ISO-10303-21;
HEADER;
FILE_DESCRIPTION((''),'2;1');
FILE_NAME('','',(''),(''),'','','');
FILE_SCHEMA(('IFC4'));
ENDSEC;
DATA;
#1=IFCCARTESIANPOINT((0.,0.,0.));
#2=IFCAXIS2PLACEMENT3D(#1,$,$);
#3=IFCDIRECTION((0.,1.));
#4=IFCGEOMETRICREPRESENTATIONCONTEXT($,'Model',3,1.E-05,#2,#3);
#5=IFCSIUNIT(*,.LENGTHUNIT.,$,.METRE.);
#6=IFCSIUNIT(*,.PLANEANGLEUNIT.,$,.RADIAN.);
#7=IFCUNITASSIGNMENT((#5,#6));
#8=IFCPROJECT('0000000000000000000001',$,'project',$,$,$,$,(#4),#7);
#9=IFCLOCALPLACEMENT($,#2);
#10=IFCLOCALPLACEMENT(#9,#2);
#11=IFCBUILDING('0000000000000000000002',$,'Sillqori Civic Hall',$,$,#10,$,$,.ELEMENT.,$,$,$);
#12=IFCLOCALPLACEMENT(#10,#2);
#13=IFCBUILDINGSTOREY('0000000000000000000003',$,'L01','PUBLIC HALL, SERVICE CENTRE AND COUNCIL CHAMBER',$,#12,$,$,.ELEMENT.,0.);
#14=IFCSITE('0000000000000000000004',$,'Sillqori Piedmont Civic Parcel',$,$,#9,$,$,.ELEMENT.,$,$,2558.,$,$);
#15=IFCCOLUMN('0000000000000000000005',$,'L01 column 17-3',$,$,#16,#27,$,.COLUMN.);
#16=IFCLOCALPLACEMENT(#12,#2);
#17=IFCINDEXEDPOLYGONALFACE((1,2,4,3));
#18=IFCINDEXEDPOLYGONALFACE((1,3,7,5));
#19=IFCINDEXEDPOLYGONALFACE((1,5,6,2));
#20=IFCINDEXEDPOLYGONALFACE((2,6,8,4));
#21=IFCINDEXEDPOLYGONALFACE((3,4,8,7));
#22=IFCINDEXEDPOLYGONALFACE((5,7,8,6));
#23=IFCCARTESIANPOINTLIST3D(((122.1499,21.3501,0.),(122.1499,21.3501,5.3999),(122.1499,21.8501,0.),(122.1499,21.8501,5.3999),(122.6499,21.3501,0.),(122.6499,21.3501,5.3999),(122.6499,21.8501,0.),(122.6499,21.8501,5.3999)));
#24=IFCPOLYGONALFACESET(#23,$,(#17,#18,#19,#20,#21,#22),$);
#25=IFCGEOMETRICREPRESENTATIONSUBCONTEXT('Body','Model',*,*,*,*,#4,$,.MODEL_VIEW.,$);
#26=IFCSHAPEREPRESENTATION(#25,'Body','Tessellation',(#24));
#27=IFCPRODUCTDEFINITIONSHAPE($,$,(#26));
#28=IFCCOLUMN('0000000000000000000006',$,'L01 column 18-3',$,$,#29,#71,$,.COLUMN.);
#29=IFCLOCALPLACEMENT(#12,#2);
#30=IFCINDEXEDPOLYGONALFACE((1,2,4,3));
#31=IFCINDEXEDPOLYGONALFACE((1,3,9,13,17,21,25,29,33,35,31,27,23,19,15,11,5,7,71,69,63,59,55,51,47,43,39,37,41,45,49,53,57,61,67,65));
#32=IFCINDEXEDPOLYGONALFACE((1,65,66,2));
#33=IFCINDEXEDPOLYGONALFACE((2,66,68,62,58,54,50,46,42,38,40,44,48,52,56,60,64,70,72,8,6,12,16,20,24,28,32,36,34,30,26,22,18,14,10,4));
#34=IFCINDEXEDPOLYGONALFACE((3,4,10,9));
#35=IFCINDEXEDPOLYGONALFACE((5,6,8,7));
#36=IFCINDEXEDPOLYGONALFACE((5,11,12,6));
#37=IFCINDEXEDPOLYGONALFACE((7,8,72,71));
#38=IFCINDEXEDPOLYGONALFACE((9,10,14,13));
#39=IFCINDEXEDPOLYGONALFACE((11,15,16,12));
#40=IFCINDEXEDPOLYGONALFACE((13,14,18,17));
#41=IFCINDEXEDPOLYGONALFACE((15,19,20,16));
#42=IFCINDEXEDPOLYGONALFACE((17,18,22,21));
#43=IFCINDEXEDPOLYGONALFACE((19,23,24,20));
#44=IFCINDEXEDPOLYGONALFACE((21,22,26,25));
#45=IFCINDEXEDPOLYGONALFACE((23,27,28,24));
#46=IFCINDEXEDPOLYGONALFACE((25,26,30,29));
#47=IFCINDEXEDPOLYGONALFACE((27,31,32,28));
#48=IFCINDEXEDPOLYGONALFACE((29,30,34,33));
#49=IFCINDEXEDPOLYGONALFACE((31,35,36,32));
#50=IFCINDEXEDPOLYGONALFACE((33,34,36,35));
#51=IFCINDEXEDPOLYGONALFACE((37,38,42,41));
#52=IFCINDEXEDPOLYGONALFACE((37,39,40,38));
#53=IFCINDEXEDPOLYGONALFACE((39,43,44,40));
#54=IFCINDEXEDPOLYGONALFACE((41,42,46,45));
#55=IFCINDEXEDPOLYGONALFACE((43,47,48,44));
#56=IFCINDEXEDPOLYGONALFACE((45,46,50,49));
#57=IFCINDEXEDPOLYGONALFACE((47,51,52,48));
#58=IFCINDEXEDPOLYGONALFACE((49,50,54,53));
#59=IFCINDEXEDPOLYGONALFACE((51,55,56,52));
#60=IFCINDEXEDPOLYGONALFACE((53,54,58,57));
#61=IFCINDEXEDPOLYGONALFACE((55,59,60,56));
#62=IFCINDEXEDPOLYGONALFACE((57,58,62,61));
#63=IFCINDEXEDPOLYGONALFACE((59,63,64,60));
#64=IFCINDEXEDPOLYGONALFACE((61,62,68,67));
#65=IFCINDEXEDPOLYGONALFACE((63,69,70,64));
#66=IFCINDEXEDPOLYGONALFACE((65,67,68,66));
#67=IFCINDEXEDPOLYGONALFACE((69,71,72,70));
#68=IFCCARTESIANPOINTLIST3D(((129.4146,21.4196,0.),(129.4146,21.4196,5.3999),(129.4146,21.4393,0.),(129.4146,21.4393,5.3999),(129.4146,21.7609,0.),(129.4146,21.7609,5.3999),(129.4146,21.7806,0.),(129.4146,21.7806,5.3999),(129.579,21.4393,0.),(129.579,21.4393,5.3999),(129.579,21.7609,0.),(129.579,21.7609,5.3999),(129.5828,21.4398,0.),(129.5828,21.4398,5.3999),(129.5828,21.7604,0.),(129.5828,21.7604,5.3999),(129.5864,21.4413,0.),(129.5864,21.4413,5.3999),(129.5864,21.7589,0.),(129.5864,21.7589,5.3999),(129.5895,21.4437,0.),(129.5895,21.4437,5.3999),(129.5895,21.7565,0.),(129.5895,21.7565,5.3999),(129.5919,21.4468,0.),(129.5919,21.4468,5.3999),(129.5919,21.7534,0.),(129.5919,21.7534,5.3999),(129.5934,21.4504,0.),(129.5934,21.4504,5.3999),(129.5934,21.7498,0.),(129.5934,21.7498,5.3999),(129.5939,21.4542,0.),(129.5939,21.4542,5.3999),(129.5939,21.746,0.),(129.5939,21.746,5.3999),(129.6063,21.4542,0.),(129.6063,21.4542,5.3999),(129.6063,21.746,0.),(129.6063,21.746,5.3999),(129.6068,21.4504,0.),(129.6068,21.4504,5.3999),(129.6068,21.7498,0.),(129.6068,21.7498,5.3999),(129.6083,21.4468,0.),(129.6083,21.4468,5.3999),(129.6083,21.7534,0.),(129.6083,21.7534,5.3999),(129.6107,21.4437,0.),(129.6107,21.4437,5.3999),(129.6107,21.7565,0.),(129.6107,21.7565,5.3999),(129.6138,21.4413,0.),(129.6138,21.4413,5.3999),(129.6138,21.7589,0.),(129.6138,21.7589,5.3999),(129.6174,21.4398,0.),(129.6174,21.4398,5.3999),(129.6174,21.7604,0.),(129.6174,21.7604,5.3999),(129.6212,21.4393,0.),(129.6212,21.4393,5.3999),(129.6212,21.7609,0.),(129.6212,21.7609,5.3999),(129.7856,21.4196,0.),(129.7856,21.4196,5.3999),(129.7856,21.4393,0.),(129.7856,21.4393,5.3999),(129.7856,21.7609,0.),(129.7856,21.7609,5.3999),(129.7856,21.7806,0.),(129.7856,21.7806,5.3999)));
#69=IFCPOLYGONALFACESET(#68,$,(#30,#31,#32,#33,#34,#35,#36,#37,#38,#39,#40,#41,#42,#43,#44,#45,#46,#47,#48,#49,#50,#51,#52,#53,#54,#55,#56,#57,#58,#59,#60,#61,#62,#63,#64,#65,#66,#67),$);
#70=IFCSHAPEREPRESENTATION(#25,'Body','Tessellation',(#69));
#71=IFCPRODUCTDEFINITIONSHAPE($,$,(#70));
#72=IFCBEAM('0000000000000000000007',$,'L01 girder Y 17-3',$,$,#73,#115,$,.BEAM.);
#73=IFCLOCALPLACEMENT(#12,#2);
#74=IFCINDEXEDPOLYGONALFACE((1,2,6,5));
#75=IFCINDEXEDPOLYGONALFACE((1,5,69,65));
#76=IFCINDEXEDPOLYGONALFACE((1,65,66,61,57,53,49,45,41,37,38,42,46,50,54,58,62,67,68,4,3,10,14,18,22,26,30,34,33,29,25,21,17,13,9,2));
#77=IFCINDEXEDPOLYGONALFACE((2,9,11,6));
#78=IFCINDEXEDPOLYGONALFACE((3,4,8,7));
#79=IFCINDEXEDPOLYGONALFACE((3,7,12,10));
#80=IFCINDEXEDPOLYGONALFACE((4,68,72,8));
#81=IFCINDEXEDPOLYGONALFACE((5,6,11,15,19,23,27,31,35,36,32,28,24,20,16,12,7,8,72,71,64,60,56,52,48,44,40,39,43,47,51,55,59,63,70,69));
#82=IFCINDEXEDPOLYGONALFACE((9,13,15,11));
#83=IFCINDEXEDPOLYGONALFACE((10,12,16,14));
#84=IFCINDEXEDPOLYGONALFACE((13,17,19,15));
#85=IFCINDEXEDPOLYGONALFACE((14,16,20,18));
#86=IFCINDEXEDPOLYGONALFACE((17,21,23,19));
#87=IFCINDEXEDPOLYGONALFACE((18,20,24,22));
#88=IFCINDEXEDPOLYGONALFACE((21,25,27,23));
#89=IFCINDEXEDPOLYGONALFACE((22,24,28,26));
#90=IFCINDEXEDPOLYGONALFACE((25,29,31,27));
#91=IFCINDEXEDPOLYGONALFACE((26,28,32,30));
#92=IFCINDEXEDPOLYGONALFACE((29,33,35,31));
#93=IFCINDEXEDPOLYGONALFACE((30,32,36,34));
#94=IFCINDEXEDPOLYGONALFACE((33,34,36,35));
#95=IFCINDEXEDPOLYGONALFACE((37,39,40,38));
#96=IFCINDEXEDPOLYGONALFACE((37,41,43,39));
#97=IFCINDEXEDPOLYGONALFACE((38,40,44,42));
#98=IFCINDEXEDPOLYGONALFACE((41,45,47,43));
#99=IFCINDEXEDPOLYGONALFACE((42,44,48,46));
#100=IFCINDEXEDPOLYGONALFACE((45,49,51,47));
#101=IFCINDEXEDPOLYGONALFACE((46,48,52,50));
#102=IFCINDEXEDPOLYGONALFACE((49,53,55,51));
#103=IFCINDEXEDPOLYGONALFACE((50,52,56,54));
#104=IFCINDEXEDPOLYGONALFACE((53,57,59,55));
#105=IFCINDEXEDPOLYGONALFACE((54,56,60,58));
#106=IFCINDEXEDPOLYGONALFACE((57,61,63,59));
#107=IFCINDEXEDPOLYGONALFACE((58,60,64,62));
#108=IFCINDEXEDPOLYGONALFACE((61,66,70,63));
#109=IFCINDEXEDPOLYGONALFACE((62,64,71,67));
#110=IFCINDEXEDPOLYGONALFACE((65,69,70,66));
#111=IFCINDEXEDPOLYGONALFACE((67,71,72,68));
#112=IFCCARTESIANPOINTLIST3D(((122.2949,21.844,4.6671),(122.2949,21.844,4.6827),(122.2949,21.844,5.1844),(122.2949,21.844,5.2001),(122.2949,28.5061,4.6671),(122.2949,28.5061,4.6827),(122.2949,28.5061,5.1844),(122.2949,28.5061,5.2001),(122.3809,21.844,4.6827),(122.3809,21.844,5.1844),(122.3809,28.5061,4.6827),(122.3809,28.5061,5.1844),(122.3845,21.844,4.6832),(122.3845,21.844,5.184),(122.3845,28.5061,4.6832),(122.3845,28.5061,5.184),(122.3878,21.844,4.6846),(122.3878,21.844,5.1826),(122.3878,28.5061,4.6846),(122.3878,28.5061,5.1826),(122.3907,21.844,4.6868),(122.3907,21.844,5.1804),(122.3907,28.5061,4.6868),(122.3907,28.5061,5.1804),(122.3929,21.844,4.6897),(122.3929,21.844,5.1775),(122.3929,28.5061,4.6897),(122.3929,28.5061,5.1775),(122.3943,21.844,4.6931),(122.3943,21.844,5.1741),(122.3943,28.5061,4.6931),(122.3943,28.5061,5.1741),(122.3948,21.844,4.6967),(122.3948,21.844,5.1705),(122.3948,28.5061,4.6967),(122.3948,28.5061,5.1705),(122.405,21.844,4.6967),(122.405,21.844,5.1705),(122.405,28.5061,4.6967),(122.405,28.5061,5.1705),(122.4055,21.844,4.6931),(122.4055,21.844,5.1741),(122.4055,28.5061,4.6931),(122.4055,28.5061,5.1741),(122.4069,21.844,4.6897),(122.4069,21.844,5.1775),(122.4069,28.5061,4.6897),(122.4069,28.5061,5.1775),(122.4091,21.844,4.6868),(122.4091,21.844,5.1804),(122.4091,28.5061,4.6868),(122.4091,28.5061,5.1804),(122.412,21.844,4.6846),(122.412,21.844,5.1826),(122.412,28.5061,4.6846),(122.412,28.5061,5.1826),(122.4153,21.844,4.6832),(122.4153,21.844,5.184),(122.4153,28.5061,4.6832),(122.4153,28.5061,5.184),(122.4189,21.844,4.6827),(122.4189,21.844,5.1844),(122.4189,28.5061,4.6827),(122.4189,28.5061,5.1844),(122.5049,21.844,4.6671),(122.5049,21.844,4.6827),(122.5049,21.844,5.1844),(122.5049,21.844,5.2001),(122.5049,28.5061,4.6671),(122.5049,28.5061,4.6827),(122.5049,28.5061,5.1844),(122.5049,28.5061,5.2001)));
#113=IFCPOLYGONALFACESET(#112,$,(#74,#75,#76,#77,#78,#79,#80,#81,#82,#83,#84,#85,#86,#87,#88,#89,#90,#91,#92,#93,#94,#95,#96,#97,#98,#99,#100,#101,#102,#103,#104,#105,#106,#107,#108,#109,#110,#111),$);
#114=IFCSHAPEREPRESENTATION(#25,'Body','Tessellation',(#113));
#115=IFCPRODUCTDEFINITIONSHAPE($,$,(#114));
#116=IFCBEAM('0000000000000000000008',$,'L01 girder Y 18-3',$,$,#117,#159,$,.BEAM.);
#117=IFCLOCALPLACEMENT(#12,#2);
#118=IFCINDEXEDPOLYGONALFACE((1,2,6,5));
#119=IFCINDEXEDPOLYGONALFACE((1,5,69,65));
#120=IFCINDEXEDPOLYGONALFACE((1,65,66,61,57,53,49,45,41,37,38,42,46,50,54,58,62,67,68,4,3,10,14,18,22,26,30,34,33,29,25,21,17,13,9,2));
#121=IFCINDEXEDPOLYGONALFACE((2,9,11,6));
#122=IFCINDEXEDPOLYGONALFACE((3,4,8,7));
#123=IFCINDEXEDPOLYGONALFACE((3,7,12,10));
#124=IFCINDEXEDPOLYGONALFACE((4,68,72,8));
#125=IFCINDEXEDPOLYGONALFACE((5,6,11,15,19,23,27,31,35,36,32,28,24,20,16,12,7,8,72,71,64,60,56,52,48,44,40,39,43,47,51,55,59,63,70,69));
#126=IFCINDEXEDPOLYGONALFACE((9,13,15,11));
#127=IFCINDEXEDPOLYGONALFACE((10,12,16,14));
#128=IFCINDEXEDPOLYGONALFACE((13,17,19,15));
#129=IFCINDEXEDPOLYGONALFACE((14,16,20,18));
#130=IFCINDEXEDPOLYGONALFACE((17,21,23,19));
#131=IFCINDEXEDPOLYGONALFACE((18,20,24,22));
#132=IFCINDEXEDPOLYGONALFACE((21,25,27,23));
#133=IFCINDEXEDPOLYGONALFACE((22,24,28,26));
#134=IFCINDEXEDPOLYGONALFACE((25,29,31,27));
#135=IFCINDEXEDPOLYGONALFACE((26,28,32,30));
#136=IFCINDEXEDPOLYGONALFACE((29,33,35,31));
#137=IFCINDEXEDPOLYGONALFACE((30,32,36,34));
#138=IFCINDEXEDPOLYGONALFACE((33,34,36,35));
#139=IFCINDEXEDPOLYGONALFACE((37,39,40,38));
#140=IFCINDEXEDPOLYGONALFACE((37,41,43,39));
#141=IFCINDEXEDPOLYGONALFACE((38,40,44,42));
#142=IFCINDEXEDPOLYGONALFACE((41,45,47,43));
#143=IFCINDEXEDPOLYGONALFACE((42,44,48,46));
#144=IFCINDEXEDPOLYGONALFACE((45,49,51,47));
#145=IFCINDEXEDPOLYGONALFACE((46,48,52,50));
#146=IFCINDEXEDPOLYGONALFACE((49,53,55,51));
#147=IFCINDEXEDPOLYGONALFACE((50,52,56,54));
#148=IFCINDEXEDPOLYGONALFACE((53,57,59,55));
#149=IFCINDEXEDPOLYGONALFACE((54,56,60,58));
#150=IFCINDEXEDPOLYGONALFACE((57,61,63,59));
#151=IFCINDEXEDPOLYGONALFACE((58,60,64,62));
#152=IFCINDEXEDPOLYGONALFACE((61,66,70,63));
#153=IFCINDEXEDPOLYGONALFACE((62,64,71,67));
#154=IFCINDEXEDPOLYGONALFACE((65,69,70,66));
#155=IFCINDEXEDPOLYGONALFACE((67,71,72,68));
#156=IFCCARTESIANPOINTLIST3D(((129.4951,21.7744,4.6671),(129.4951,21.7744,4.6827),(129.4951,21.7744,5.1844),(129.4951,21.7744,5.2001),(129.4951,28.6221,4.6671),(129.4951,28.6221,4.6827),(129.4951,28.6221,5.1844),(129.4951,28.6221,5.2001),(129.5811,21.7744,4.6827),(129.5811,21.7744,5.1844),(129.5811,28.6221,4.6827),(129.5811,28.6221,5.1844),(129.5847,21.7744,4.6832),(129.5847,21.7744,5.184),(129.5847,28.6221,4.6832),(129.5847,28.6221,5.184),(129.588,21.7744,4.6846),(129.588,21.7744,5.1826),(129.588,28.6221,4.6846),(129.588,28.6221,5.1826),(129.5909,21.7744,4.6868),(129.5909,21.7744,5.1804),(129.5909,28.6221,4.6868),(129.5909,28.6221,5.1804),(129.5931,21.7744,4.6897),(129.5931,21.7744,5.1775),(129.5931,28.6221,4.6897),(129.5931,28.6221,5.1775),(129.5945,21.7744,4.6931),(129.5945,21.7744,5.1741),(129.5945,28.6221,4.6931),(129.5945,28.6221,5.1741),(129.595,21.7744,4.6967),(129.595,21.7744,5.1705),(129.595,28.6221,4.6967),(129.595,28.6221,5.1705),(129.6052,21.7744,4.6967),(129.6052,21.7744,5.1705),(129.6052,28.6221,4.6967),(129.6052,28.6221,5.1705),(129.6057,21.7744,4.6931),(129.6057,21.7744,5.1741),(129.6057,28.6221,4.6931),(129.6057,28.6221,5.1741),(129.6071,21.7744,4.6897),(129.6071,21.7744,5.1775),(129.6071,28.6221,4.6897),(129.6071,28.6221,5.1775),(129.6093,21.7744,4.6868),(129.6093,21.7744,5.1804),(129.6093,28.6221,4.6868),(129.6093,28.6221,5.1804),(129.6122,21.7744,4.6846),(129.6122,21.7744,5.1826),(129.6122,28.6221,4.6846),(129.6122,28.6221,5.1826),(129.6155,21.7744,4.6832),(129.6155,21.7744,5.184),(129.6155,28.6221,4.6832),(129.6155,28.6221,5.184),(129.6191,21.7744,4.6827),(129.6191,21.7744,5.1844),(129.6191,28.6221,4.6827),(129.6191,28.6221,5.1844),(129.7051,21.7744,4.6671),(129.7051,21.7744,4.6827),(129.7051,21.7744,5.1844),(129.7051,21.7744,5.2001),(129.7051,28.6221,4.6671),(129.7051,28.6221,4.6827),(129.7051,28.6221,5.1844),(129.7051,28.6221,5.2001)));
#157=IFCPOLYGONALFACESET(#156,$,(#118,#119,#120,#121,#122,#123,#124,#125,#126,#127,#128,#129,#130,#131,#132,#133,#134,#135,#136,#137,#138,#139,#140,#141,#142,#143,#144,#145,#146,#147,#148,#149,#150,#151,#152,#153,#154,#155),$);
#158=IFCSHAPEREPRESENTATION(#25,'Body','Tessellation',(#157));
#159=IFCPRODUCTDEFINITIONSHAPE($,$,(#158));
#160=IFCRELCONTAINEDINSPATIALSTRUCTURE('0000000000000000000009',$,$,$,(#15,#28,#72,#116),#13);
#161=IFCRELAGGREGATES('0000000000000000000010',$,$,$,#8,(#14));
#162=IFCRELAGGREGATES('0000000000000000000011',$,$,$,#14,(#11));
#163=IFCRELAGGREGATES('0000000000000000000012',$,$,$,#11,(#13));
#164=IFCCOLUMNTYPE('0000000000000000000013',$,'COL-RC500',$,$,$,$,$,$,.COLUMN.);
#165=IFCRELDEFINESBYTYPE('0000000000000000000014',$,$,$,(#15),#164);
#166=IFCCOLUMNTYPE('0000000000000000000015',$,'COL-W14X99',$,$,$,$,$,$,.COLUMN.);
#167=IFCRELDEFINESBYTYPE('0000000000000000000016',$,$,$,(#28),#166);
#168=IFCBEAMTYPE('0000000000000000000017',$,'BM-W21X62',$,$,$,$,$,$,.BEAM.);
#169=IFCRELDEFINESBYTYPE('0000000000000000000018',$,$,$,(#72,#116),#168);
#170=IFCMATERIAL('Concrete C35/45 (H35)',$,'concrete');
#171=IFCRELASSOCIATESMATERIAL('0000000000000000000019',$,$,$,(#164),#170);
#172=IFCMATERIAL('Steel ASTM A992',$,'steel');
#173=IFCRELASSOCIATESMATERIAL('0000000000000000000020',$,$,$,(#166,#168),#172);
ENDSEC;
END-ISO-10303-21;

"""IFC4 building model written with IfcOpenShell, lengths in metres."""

from ifc_helpers import new_model, si_unit, direction, frame, origin, origin_2d, place, context, subcontext, project, spatial, rectangle, i_section, extrude, material, material_profile, profile_set, type_object, element, save


model = new_model("IFC4")

# Units and contexts
model_context = context("Model", 3, precision=1e-05, world=origin(), true_north=direction((0.0, 1.0)))
body_context = subcontext(model_context, "Body", "Model", "MODEL_VIEW")
ifc_project = project(units=[si_unit("LENGTHUNIT", "METRE"), si_unit("PLANEANGLEUNIT", "RADIAN")], contexts=[model_context])

# Site, building, storey
site_placement = place(None, origin())
site = spatial("IfcSite", under=ifc_project, at=site_placement, Name="Sillqori Piedmont Civic Parcel", CompositionType="ELEMENT", RefElevation=2558.0)
building_placement = place(site_placement, origin())
building = spatial("IfcBuilding", under=site, at=building_placement, Name="Sillqori Civic Hall", CompositionType="ELEMENT")
storey_placement = place(building_placement, origin())
storey = spatial("IfcBuildingStorey", under=building, at=storey_placement, Name="L01", Description="PUBLIC HALL, SERVICE CENTRE AND COUNCIL CHAMBER", CompositionType="ELEMENT", Elevation=0.0)

# Columns
ifc_material_1 = material(Name="Concrete C35/45 (H35)", Category="concrete")
ifc_material_profile_1 = material_profile(ifc_material_1, rectangle(XDim=0.5, YDim=0.5, at=origin_2d()), Name="RC 500x500")
ifc_profile_set_1 = profile_set([ifc_material_profile_1], Name="Concrete C35/45 (H35)")
column_type_1 = type_object("IfcColumnType", Name="COL-RC500", PredefinedType="COLUMN", material=ifc_profile_set_1)
column_1_placement = place(storey_placement, frame((122.3999, 21.6001, 0.0), z_axis=(0.0, 0.0, 1.0), x_axis=(1.0, 0.0, 0.0)))
element("IfcColumn", 1, at=column_1_placement, inside=storey, type_object=column_type_1, Name="L01 column 17-3", PredefinedType="COLUMN", context=body_context, shape_type="SweptSolid", body=[
    extrude(rectangle(XDim=0.5, YDim=0.5, at=origin_2d()), origin(), (0.0, 0.0, 1.0), 5.3999),
])
ifc_material_2 = material(Name="Steel ASTM A992", Category="steel")
ifc_material_profile_2 = material_profile(ifc_material_2, i_section(OverallWidth=0.3711, OverallDepth=0.3611, WebThickness=0.0125, FlangeThickness=0.0198, FilletRadius=0.0149, at=origin_2d()), Name="W14X99")
ifc_profile_set_2 = profile_set([ifc_material_profile_2], Name="Steel ASTM A992")
column_type_2 = type_object("IfcColumnType", Name="COL-W14X99", PredefinedType="COLUMN", material=ifc_profile_set_2)
column_2_placement = place(storey_placement, frame((129.6001, 21.6001, 0.0), z_axis=(0.0, 0.0, 1.0), x_axis=(1.0, 0.0, 0.0)))
element("IfcColumn", 2, at=column_2_placement, inside=storey, type_object=column_type_2, Name="L01 column 18-3", PredefinedType="COLUMN", context=body_context, shape_type="SweptSolid", body=[
    extrude(i_section(OverallWidth=0.3711, OverallDepth=0.3611, WebThickness=0.0125, FlangeThickness=0.0198, FilletRadius=0.0149, at=origin_2d()), origin(), (0.0, 0.0, 1.0), 5.3999),
])

# Beams
ifc_material_profile_3 = material_profile(ifc_material_2, i_section(OverallWidth=0.21, OverallDepth=0.533, WebThickness=0.0103, FlangeThickness=0.0156, FilletRadius=0.0139, at=origin_2d()), Name="W21X62")
ifc_profile_set_3 = profile_set([ifc_material_profile_3], Name="Steel ASTM A992")
beam_type_1 = type_object("IfcBeamType", Name="BM-W21X62", PredefinedType="BEAM", material=ifc_profile_set_3)
beam_1_placement = place(storey_placement, frame((122.3999, 21.844, 4.9336), z_axis=(0.0, 1.0, 0.0), x_axis=(-1.0, 0.0, 0.0)))
element("IfcBeam", 3, at=beam_1_placement, inside=storey, type_object=beam_type_1, Name="L01 girder Y 17-3", PredefinedType="BEAM", context=body_context, shape_type="SweptSolid", body=[
    extrude(i_section(OverallWidth=0.21, OverallDepth=0.533, WebThickness=0.0103, FlangeThickness=0.0156, FilletRadius=0.0139, at=origin_2d()), origin(), (0.0, 0.0, 1.0), 6.6621),
])
beam_2_placement = place(storey_placement, frame((129.6001, 21.7744, 4.9336), z_axis=(0.0, 1.0, 0.0), x_axis=(-1.0, 0.0, 0.0)))
element("IfcBeam", 4, at=beam_2_placement, inside=storey, type_object=beam_type_1, Name="L01 girder Y 18-3", PredefinedType="BEAM", context=body_context, shape_type="SweptSolid", body=[
    extrude(i_section(OverallWidth=0.21, OverallDepth=0.533, WebThickness=0.0103, FlangeThickness=0.0156, FilletRadius=0.0139, at=origin_2d()), origin(), (0.0, 0.0, 1.0), 6.8477),
])

save(model, "model.ifc")
